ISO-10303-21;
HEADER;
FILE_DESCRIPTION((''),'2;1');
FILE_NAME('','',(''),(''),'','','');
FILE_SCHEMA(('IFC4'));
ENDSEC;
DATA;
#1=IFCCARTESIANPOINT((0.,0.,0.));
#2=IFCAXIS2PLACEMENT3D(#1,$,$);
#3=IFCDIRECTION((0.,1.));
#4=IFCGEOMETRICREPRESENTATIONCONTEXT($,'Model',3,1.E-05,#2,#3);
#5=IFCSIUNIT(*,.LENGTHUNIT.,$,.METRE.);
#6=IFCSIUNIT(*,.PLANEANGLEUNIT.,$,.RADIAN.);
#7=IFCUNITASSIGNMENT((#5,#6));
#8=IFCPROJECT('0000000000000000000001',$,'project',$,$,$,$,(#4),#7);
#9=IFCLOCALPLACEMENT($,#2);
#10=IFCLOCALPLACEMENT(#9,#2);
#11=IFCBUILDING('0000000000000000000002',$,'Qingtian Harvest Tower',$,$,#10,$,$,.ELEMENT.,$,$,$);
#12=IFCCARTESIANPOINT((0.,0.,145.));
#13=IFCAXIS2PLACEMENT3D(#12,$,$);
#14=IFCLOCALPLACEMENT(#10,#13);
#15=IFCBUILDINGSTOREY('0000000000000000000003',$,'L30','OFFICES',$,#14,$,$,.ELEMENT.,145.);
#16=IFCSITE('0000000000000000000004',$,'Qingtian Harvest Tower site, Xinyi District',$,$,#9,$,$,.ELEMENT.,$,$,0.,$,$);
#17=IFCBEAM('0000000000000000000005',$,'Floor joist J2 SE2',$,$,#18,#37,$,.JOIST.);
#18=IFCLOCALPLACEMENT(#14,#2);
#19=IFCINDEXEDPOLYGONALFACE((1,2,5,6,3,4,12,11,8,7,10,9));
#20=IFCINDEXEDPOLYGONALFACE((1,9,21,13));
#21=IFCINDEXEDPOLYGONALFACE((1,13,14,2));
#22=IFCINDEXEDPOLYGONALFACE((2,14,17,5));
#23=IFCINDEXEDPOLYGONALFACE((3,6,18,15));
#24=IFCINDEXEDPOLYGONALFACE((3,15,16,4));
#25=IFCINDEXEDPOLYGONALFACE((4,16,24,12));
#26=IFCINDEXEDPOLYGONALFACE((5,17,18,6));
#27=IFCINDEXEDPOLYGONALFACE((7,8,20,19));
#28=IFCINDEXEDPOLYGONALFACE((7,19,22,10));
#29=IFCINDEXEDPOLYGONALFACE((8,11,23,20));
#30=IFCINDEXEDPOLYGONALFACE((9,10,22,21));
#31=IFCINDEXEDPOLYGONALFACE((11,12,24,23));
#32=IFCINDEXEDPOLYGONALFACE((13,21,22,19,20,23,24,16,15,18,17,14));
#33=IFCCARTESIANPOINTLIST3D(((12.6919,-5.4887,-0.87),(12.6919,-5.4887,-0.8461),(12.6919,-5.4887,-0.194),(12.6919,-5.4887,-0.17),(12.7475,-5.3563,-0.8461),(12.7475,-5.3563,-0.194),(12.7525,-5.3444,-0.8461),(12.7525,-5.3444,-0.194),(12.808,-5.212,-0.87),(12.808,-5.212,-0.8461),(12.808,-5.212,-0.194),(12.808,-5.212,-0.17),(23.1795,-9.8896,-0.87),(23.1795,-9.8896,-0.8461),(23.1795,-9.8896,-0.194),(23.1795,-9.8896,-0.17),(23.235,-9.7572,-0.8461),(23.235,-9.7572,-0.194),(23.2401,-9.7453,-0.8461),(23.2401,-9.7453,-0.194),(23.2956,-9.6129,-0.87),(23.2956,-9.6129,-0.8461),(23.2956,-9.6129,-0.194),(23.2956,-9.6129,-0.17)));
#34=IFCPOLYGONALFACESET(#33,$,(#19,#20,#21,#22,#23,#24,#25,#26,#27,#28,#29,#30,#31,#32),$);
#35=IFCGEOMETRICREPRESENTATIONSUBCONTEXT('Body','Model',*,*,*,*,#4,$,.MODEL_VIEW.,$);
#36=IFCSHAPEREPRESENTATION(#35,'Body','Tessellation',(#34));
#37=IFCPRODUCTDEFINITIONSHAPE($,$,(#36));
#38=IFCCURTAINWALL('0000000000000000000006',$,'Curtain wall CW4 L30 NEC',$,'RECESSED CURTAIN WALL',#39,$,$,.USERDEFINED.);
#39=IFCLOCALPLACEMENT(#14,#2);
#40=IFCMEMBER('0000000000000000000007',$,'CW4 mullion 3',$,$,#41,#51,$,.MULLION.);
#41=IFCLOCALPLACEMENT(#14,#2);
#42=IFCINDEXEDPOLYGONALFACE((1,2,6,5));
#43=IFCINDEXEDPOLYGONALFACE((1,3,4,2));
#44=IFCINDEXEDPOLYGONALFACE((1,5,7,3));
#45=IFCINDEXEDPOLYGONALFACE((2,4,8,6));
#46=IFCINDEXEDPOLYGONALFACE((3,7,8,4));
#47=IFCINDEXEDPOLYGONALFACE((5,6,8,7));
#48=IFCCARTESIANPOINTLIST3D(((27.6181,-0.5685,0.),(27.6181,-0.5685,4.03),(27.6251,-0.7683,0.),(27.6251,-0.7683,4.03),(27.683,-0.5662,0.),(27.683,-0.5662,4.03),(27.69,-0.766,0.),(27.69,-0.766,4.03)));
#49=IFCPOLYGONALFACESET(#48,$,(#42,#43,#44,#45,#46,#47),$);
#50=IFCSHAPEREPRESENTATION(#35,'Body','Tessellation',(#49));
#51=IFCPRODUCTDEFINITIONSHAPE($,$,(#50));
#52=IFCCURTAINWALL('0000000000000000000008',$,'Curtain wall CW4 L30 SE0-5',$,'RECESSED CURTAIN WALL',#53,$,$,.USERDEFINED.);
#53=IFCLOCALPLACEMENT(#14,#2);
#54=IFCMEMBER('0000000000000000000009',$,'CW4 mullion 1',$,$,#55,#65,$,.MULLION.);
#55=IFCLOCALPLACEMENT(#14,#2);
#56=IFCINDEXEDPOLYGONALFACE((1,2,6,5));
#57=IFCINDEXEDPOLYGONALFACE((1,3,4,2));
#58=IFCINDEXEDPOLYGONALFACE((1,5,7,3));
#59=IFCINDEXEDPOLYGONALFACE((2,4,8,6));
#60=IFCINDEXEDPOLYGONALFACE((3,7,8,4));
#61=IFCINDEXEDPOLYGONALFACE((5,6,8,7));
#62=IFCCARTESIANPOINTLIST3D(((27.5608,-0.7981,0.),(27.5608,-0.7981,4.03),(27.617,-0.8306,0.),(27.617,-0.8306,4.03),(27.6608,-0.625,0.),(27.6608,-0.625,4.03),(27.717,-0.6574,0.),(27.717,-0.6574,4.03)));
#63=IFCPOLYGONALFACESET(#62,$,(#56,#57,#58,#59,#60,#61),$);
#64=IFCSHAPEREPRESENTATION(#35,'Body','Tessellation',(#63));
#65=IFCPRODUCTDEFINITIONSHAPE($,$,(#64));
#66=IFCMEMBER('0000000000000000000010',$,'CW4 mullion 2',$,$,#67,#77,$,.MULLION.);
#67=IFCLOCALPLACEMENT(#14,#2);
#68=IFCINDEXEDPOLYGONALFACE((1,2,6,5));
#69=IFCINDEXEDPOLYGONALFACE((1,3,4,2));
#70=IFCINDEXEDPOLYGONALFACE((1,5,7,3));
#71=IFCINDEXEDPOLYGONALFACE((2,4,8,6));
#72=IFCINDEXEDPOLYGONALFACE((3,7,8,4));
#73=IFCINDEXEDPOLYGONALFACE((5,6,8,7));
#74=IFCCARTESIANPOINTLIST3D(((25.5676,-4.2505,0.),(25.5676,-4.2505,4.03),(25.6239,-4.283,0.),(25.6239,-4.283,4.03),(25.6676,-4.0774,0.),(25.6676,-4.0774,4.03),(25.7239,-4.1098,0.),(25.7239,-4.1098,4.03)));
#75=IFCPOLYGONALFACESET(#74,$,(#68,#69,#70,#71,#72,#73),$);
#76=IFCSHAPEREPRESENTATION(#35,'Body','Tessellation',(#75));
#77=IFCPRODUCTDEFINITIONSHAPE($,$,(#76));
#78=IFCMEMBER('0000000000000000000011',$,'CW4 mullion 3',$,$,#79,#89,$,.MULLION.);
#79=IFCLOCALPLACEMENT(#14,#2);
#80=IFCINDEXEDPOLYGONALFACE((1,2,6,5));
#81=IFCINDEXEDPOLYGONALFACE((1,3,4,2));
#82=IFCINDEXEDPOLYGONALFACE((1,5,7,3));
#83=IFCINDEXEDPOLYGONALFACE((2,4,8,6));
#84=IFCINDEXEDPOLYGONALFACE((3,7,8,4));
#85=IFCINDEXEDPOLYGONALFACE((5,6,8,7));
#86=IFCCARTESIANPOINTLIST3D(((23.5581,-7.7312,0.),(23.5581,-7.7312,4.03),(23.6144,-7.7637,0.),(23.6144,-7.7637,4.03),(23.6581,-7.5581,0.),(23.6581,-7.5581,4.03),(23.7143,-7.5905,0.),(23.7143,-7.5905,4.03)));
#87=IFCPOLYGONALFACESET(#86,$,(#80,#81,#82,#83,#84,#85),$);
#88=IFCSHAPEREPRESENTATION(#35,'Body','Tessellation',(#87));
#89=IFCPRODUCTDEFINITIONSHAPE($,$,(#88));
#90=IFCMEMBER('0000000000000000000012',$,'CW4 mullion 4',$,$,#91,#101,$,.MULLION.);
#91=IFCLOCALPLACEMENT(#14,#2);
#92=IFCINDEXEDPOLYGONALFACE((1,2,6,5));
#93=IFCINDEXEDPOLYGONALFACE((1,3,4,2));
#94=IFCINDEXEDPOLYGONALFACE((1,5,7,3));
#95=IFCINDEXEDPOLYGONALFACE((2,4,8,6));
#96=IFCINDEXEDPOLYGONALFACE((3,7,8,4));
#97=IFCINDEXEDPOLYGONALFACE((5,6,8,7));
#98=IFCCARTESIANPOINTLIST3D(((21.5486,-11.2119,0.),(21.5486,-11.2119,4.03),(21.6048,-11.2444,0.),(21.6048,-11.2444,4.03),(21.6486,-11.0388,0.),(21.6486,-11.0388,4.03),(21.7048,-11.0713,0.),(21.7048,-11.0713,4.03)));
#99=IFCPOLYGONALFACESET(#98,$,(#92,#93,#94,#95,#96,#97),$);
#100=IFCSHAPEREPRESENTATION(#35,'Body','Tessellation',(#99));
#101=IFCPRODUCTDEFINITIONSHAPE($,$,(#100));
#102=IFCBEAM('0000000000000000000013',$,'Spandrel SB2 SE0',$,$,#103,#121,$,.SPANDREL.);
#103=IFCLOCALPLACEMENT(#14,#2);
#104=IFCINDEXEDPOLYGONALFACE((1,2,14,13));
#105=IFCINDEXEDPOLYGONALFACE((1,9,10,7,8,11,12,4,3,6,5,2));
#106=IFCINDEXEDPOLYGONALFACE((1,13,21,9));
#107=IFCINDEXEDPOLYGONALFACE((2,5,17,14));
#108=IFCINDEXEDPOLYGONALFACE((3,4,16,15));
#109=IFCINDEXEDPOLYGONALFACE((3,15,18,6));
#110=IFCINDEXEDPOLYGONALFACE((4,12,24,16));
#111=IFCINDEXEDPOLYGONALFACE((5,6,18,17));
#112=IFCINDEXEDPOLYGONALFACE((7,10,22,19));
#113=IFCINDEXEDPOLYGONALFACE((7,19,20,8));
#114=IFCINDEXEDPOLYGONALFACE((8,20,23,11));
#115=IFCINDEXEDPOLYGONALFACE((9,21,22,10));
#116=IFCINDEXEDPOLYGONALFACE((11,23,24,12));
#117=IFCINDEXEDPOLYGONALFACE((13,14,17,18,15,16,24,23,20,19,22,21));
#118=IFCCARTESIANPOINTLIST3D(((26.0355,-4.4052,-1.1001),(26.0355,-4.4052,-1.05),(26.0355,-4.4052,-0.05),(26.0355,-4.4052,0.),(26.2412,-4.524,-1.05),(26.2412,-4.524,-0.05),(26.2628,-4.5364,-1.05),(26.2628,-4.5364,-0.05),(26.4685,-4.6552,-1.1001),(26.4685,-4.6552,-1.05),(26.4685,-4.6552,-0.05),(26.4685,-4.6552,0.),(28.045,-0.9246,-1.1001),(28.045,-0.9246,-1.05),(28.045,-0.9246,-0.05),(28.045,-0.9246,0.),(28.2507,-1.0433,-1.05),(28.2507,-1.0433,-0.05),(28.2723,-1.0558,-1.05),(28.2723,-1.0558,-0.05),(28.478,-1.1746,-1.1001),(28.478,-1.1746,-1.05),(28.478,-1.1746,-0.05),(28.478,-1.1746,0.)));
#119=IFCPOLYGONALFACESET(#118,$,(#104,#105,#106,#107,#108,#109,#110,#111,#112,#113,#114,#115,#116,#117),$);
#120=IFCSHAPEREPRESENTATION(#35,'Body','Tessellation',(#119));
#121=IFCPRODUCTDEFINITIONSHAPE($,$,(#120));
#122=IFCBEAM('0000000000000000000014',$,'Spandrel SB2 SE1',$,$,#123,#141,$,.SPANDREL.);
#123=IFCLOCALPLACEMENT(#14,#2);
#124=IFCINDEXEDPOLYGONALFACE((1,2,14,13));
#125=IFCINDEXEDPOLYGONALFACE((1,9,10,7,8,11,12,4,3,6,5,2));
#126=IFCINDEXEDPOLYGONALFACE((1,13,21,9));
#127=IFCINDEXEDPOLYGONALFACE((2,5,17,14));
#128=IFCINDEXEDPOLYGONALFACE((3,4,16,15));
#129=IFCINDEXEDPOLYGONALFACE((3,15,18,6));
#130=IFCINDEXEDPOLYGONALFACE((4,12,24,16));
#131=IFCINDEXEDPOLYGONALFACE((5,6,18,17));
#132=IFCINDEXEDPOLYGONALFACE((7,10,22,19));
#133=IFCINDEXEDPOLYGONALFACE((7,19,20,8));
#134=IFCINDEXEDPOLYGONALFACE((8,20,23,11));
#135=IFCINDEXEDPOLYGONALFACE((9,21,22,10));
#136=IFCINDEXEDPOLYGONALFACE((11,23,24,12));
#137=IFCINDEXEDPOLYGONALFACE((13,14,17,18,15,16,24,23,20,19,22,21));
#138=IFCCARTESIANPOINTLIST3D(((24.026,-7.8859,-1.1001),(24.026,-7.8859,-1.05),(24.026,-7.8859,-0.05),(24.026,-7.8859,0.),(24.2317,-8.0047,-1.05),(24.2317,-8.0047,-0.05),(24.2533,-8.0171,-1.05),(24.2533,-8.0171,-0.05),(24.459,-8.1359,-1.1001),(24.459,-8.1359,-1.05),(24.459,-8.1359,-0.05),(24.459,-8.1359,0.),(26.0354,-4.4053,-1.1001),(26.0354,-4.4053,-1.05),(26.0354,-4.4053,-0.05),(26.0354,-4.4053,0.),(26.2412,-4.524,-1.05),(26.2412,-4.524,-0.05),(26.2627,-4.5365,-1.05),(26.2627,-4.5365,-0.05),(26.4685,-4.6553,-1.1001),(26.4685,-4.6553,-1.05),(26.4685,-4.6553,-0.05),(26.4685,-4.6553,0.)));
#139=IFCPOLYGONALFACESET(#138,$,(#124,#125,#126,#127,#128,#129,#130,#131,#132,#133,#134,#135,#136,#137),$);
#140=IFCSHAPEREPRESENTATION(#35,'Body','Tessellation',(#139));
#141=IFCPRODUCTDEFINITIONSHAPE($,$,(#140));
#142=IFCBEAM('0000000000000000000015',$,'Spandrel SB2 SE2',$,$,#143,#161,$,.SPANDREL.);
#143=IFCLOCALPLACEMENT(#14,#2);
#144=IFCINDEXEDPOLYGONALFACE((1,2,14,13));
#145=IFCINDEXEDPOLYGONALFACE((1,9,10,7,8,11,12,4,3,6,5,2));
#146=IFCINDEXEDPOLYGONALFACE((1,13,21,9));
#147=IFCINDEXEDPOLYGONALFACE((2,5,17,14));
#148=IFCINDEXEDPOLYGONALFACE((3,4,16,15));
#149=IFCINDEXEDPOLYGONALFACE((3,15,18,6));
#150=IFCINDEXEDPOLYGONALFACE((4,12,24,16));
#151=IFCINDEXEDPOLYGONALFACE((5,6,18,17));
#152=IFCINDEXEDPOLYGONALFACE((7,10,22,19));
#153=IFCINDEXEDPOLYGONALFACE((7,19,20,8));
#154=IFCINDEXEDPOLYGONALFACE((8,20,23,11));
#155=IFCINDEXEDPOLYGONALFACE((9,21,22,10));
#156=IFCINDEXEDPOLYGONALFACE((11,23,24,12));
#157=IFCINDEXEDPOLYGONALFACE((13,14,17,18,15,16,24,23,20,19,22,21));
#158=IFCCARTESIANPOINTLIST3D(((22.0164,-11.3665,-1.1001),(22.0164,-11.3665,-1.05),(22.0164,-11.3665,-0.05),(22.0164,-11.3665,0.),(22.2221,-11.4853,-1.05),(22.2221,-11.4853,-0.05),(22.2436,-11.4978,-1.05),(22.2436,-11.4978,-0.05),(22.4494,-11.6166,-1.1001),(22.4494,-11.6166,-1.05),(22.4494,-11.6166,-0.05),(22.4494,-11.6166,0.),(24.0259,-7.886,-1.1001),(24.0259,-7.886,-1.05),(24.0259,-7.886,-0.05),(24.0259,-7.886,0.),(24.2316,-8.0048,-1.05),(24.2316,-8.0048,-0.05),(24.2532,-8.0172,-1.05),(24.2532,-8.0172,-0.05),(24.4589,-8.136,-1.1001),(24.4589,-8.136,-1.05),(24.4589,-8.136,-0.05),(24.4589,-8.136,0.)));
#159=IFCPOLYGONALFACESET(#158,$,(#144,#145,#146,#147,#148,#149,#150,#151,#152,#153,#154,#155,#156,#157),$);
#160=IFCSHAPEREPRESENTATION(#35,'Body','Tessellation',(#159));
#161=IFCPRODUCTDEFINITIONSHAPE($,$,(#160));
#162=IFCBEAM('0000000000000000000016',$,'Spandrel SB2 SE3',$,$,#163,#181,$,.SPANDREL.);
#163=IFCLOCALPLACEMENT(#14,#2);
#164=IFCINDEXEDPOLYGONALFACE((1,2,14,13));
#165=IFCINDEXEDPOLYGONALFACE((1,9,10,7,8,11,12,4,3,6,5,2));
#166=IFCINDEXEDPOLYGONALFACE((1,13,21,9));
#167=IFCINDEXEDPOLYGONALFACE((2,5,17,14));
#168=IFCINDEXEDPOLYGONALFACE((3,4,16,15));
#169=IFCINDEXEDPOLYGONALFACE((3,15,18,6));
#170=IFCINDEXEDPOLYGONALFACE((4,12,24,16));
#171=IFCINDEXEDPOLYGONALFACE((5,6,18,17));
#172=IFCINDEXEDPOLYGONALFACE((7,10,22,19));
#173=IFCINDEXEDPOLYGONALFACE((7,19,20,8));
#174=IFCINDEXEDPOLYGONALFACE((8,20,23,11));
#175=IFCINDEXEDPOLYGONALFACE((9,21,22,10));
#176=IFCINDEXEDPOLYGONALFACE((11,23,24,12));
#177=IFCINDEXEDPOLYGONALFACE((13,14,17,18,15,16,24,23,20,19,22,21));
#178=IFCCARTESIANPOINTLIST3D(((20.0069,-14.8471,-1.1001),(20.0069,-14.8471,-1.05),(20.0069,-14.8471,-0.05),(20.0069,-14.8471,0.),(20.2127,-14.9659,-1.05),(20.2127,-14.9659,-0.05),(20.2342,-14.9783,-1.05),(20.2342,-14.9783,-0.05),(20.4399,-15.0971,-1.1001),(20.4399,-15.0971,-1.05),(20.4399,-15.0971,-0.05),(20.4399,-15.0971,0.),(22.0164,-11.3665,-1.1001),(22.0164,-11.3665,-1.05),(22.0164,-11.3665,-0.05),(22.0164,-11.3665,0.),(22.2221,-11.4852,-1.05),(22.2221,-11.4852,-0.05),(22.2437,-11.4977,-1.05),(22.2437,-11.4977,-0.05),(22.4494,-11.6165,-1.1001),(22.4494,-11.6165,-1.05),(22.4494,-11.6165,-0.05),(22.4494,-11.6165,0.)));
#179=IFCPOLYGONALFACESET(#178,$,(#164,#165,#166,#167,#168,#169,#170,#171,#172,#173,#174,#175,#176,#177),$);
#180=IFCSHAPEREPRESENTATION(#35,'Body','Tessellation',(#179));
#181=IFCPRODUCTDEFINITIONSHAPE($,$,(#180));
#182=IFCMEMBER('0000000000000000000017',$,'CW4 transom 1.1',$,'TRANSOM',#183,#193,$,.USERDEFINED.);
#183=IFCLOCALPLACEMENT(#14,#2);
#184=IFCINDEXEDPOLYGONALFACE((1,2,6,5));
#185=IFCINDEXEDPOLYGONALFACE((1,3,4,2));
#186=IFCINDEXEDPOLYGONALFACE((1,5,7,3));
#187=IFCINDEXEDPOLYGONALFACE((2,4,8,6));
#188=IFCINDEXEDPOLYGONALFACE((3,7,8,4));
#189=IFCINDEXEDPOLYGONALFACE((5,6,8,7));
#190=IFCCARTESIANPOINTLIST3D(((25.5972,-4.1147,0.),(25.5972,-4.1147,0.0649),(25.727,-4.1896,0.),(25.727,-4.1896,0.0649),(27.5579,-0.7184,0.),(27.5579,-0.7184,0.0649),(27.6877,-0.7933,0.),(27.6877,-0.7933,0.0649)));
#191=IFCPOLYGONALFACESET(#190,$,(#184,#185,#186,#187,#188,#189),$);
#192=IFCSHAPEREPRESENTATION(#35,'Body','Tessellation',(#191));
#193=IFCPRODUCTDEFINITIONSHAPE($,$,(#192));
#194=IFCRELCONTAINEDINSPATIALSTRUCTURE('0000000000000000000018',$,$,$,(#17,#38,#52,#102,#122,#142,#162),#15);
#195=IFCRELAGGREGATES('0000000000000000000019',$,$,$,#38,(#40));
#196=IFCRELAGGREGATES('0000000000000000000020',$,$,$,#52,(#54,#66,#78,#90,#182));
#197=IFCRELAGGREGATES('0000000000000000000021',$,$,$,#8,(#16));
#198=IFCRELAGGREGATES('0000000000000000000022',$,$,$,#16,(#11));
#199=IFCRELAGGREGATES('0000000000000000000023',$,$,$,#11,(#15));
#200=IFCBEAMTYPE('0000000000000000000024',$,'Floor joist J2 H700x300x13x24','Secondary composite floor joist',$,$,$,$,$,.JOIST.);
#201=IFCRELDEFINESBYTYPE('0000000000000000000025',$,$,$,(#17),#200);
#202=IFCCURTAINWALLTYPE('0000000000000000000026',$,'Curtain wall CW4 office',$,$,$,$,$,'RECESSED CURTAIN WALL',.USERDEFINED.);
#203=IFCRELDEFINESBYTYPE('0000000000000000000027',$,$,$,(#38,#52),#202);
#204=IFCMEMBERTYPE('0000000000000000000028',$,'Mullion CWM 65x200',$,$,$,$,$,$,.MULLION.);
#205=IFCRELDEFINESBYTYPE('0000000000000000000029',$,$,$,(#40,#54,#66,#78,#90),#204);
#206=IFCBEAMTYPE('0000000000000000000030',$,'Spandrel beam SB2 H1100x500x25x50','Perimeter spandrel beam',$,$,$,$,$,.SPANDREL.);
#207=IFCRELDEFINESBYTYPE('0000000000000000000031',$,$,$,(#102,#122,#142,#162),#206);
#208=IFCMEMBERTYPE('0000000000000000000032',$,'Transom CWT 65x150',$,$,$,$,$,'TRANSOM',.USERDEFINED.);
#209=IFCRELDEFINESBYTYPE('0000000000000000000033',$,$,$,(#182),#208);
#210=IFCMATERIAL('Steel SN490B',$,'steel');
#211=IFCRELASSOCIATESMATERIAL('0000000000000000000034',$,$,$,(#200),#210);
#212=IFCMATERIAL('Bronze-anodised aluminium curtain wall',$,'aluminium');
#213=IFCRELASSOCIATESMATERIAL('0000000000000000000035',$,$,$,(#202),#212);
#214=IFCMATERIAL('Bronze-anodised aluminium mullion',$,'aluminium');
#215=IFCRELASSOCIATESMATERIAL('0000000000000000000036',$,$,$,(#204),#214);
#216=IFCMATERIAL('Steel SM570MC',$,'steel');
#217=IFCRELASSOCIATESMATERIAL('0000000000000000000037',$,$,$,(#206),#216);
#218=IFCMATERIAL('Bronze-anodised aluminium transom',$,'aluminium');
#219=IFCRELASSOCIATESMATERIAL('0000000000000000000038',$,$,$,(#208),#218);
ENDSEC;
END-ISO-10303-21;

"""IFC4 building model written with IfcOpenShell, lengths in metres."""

from ifc_helpers import new_model, si_unit, direction, frame, origin, origin_2d, place, context, subcontext, project, spatial, rectangle, i_section, extrude, material, material_profile, profile_set, type_object, element, aggregate, save


model = new_model("IFC4")

# Units and contexts
model_context = context("Model", 3, precision=1e-05, world=origin(), true_north=direction((0.0, 1.0)))
body_context = subcontext(model_context, "Body", "Model", "MODEL_VIEW")
ifc_project = project(units=[si_unit("LENGTHUNIT", "METRE"), si_unit("PLANEANGLEUNIT", "RADIAN")], contexts=[model_context])

# Site, building, storey
site_placement = place(None, origin())
site = spatial("IfcSite", under=ifc_project, at=site_placement, Name="Qingtian Harvest Tower site, Xinyi District", CompositionType="ELEMENT", RefElevation=0.0)
building_placement = place(site_placement, origin())
building = spatial("IfcBuilding", under=site, at=building_placement, Name="Qingtian Harvest Tower", CompositionType="ELEMENT")
storey_placement = place(building_placement, frame((0.0, 0.0, 145.0)))
storey = spatial("IfcBuildingStorey", under=building, at=storey_placement, Name="L30", Description="OFFICES", CompositionType="ELEMENT", Elevation=145.0)

# Beam
ifc_material_1 = material(Name="Steel SN490B", Category="steel")
ifc_material_profile_1 = material_profile(ifc_material_1, i_section(OverallWidth=0.3, OverallDepth=0.7, WebThickness=0.0129, FlangeThickness=0.0239, at=origin_2d()), Name="H700x300x13x24")
ifc_profile_set_1 = profile_set([ifc_material_profile_1], Name="Steel SN490B")
beam_type_1 = type_object("IfcBeamType", Name="Floor joist J2 H700x300x13x24", Description="Secondary composite floor joist", PredefinedType="JOIST", material=ifc_profile_set_1)
beam_1_placement = place(storey_placement, frame((23.2375, -9.7512, -0.52), z_axis=(-0.922104, 0.386942, 0.0), x_axis=(-0.386942, -0.922104, 0.0)))
element("IfcBeam", 1, at=beam_1_placement, inside=storey, type_object=beam_type_1, Name="Floor joist J2 SE2", PredefinedType="JOIST", context=body_context, shape_type="SweptSolid", body=[
    extrude(i_section(OverallWidth=0.3, OverallDepth=0.7, WebThickness=0.0129, FlangeThickness=0.0239, at=origin_2d()), origin(), (0.0, 0.0, 1.0), 11.3735),
])

# Curtain wall, member
ifc_material_2 = material(Name="Bronze-anodised aluminium curtain wall", Category="aluminium")
curtain_wall_type = type_object("IfcCurtainWallType", Name="Curtain wall CW4 office", ElementType="RECESSED CURTAIN WALL", PredefinedType="USERDEFINED", material=ifc_material_2)
curtain_wall_1_placement = place(storey_placement, origin())
curtain_wall_1 = element("IfcCurtainWall", 2, at=curtain_wall_1_placement, inside=storey, type_object=curtain_wall_type, Name="Curtain wall CW4 L30 NEC", ObjectType="RECESSED CURTAIN WALL", PredefinedType="USERDEFINED")
ifc_material_3 = material(Name="Bronze-anodised aluminium mullion", Category="aluminium")
ifc_material_profile_2 = material_profile(ifc_material_3, rectangle(XDim=0.0649, YDim=0.2, at=origin_2d()), Name="AL 65x200")
ifc_profile_set_2 = profile_set([ifc_material_profile_2], Name="Bronze-anodised aluminium mullion")
member_type_1 = type_object("IfcMemberType", Name="Mullion CWM 65x200", PredefinedType="MULLION", material=ifc_profile_set_2)
member_1_placement = place(storey_placement, frame((27.6541, -0.6672, 0.0), z_axis=(0.0, 0.0, 1.0), x_axis=(0.999391, 0.034899, 0.0)))
member_1 = element("IfcMember", 3, at=member_1_placement, type_object=member_type_1, Name="CW4 mullion 3", PredefinedType="MULLION", context=body_context, shape_type="SweptSolid", body=[
    extrude(rectangle(XDim=0.0649, YDim=0.2, at=origin_2d()), origin(), (0.0, 0.0, 1.0), 4.03),
])
aggregate(curtain_wall_1, [member_1])

# Curtain wall, members
curtain_wall_2_placement = place(storey_placement, origin())
curtain_wall_2 = element("IfcCurtainWall", 4, at=curtain_wall_2_placement, inside=storey, type_object=curtain_wall_type, Name="Curtain wall CW4 L30 SE0-5", ObjectType="RECESSED CURTAIN WALL", PredefinedType="USERDEFINED")
member_2_placement = place(storey_placement, frame((27.6389, -0.7278, 0.0), z_axis=(0.0, 0.0, 1.0), x_axis=(0.866025, -0.5, 0.0)))
member_2 = element("IfcMember", 5, at=member_2_placement, type_object=member_type_1, Name="CW4 mullion 1", PredefinedType="MULLION", context=body_context, shape_type="SweptSolid", body=[
    extrude(rectangle(XDim=0.0649, YDim=0.2, at=origin_2d()), origin(), (0.0, 0.0, 1.0), 4.03),
])
member_3_placement = place(storey_placement, frame((25.6458, -4.1802, 0.0), z_axis=(0.0, 0.0, 1.0), x_axis=(0.866025, -0.5, 0.0)))
member_3 = element("IfcMember", 6, at=member_3_placement, type_object=member_type_1, Name="CW4 mullion 2", PredefinedType="MULLION", context=body_context, shape_type="SweptSolid", body=[
    extrude(rectangle(XDim=0.0649, YDim=0.2, at=origin_2d()), origin(), (0.0, 0.0, 1.0), 4.03),
])
member_4_placement = place(storey_placement, frame((23.6362, -7.6609, 0.0), z_axis=(0.0, 0.0, 1.0), x_axis=(0.866025, -0.5, 0.0)))
member_4 = element("IfcMember", 7, at=member_4_placement, type_object=member_type_1, Name="CW4 mullion 3", PredefinedType="MULLION", context=body_context, shape_type="SweptSolid", body=[
    extrude(rectangle(XDim=0.0649, YDim=0.2, at=origin_2d()), origin(), (0.0, 0.0, 1.0), 4.03),
])
member_5_placement = place(storey_placement, frame((21.6267, -11.1416, 0.0), z_axis=(0.0, 0.0, 1.0), x_axis=(0.866025, -0.5, 0.0)))
member_5 = element("IfcMember", 8, at=member_5_placement, type_object=member_type_1, Name="CW4 mullion 4", PredefinedType="MULLION", context=body_context, shape_type="SweptSolid", body=[
    extrude(rectangle(XDim=0.0649, YDim=0.2, at=origin_2d()), origin(), (0.0, 0.0, 1.0), 4.03),
])

# Beams
ifc_material_4 = material(Name="Steel SM570MC", Category="steel")
ifc_material_profile_3 = material_profile(ifc_material_4, i_section(OverallWidth=0.5, OverallDepth=1.1001, WebThickness=0.0249, FlangeThickness=0.05, at=origin_2d()), Name="H1100x500x25x50")
ifc_profile_set_3 = profile_set([ifc_material_profile_3], Name="Steel SM570MC")
beam_type_2 = type_object("IfcBeamType", Name="Spandrel beam SB2 H1100x500x25x50", Description="Perimeter spandrel beam", PredefinedType="SPANDREL", material=ifc_profile_set_3)
for number, where, z_axis, x_axis, name in (
    (9, (28.2615, -1.0496, -0.55), (-0.499987, -0.866033, 0.0), (0.866033, -0.499987, 0.0), "Spandrel SB2 SE0"),
    (10, (26.252, -4.5303, -0.55), (-0.499987, -0.866033, 0.0), (0.866033, -0.499987, 0.0), "Spandrel SB2 SE1"),
    (11, (24.2424, -8.011, -0.55), (-0.500013, -0.866018, 0.0), (0.866018, -0.500013, 0.0), "Spandrel SB2 SE2"),
    (12, (22.2329, -11.4915, -0.55), (-0.499987, -0.866033, 0.0), (0.866033, -0.499987, 0.0), "Spandrel SB2 SE3"),
):
    element("IfcBeam", number, at=place(storey_placement, frame(where, z_axis=z_axis, x_axis=x_axis)), inside=storey, type_object=beam_type_2, Name=name, PredefinedType="SPANDREL", context=body_context, shape_type="SweptSolid", body=[
        extrude(i_section(OverallWidth=0.5, OverallDepth=1.1001, WebThickness=0.0249, FlangeThickness=0.05, at=origin_2d()), origin(), (0.0, 0.0, 1.0), 4.019),
    ])

# Member
ifc_material_5 = material(Name="Bronze-anodised aluminium transom", Category="aluminium")
ifc_material_profile_4 = material_profile(ifc_material_5, rectangle(XDim=0.1499, YDim=0.0649, at=origin_2d()), Name="AL 65x150")
ifc_profile_set_4 = profile_set([ifc_material_profile_4], Name="Bronze-anodised aluminium transom")
member_type_2 = type_object("IfcMemberType", Name="Transom CWT 65x150", ElementType="TRANSOM", PredefinedType="USERDEFINED", material=ifc_profile_set_4)
member_6_placement = place(storey_placement, frame((27.6228, -0.7559, 0.0325), z_axis=(-0.499976, -0.866039, 0.0), x_axis=(0.866039, -0.499976, 0.0)))
member_6 = element("IfcMember", 13, at=member_6_placement, type_object=member_type_2, Name="CW4 transom 1.1", ObjectType="TRANSOM", PredefinedType="USERDEFINED", context=body_context, shape_type="SweptSolid", body=[
    extrude(rectangle(XDim=0.1499, YDim=0.0649, at=origin_2d()), origin(), (0.0, 0.0, 1.0), 3.9216),
])

aggregate(curtain_wall_2, [member_2, member_3, member_4, member_5, member_6])

save(model, "model.ifc")
